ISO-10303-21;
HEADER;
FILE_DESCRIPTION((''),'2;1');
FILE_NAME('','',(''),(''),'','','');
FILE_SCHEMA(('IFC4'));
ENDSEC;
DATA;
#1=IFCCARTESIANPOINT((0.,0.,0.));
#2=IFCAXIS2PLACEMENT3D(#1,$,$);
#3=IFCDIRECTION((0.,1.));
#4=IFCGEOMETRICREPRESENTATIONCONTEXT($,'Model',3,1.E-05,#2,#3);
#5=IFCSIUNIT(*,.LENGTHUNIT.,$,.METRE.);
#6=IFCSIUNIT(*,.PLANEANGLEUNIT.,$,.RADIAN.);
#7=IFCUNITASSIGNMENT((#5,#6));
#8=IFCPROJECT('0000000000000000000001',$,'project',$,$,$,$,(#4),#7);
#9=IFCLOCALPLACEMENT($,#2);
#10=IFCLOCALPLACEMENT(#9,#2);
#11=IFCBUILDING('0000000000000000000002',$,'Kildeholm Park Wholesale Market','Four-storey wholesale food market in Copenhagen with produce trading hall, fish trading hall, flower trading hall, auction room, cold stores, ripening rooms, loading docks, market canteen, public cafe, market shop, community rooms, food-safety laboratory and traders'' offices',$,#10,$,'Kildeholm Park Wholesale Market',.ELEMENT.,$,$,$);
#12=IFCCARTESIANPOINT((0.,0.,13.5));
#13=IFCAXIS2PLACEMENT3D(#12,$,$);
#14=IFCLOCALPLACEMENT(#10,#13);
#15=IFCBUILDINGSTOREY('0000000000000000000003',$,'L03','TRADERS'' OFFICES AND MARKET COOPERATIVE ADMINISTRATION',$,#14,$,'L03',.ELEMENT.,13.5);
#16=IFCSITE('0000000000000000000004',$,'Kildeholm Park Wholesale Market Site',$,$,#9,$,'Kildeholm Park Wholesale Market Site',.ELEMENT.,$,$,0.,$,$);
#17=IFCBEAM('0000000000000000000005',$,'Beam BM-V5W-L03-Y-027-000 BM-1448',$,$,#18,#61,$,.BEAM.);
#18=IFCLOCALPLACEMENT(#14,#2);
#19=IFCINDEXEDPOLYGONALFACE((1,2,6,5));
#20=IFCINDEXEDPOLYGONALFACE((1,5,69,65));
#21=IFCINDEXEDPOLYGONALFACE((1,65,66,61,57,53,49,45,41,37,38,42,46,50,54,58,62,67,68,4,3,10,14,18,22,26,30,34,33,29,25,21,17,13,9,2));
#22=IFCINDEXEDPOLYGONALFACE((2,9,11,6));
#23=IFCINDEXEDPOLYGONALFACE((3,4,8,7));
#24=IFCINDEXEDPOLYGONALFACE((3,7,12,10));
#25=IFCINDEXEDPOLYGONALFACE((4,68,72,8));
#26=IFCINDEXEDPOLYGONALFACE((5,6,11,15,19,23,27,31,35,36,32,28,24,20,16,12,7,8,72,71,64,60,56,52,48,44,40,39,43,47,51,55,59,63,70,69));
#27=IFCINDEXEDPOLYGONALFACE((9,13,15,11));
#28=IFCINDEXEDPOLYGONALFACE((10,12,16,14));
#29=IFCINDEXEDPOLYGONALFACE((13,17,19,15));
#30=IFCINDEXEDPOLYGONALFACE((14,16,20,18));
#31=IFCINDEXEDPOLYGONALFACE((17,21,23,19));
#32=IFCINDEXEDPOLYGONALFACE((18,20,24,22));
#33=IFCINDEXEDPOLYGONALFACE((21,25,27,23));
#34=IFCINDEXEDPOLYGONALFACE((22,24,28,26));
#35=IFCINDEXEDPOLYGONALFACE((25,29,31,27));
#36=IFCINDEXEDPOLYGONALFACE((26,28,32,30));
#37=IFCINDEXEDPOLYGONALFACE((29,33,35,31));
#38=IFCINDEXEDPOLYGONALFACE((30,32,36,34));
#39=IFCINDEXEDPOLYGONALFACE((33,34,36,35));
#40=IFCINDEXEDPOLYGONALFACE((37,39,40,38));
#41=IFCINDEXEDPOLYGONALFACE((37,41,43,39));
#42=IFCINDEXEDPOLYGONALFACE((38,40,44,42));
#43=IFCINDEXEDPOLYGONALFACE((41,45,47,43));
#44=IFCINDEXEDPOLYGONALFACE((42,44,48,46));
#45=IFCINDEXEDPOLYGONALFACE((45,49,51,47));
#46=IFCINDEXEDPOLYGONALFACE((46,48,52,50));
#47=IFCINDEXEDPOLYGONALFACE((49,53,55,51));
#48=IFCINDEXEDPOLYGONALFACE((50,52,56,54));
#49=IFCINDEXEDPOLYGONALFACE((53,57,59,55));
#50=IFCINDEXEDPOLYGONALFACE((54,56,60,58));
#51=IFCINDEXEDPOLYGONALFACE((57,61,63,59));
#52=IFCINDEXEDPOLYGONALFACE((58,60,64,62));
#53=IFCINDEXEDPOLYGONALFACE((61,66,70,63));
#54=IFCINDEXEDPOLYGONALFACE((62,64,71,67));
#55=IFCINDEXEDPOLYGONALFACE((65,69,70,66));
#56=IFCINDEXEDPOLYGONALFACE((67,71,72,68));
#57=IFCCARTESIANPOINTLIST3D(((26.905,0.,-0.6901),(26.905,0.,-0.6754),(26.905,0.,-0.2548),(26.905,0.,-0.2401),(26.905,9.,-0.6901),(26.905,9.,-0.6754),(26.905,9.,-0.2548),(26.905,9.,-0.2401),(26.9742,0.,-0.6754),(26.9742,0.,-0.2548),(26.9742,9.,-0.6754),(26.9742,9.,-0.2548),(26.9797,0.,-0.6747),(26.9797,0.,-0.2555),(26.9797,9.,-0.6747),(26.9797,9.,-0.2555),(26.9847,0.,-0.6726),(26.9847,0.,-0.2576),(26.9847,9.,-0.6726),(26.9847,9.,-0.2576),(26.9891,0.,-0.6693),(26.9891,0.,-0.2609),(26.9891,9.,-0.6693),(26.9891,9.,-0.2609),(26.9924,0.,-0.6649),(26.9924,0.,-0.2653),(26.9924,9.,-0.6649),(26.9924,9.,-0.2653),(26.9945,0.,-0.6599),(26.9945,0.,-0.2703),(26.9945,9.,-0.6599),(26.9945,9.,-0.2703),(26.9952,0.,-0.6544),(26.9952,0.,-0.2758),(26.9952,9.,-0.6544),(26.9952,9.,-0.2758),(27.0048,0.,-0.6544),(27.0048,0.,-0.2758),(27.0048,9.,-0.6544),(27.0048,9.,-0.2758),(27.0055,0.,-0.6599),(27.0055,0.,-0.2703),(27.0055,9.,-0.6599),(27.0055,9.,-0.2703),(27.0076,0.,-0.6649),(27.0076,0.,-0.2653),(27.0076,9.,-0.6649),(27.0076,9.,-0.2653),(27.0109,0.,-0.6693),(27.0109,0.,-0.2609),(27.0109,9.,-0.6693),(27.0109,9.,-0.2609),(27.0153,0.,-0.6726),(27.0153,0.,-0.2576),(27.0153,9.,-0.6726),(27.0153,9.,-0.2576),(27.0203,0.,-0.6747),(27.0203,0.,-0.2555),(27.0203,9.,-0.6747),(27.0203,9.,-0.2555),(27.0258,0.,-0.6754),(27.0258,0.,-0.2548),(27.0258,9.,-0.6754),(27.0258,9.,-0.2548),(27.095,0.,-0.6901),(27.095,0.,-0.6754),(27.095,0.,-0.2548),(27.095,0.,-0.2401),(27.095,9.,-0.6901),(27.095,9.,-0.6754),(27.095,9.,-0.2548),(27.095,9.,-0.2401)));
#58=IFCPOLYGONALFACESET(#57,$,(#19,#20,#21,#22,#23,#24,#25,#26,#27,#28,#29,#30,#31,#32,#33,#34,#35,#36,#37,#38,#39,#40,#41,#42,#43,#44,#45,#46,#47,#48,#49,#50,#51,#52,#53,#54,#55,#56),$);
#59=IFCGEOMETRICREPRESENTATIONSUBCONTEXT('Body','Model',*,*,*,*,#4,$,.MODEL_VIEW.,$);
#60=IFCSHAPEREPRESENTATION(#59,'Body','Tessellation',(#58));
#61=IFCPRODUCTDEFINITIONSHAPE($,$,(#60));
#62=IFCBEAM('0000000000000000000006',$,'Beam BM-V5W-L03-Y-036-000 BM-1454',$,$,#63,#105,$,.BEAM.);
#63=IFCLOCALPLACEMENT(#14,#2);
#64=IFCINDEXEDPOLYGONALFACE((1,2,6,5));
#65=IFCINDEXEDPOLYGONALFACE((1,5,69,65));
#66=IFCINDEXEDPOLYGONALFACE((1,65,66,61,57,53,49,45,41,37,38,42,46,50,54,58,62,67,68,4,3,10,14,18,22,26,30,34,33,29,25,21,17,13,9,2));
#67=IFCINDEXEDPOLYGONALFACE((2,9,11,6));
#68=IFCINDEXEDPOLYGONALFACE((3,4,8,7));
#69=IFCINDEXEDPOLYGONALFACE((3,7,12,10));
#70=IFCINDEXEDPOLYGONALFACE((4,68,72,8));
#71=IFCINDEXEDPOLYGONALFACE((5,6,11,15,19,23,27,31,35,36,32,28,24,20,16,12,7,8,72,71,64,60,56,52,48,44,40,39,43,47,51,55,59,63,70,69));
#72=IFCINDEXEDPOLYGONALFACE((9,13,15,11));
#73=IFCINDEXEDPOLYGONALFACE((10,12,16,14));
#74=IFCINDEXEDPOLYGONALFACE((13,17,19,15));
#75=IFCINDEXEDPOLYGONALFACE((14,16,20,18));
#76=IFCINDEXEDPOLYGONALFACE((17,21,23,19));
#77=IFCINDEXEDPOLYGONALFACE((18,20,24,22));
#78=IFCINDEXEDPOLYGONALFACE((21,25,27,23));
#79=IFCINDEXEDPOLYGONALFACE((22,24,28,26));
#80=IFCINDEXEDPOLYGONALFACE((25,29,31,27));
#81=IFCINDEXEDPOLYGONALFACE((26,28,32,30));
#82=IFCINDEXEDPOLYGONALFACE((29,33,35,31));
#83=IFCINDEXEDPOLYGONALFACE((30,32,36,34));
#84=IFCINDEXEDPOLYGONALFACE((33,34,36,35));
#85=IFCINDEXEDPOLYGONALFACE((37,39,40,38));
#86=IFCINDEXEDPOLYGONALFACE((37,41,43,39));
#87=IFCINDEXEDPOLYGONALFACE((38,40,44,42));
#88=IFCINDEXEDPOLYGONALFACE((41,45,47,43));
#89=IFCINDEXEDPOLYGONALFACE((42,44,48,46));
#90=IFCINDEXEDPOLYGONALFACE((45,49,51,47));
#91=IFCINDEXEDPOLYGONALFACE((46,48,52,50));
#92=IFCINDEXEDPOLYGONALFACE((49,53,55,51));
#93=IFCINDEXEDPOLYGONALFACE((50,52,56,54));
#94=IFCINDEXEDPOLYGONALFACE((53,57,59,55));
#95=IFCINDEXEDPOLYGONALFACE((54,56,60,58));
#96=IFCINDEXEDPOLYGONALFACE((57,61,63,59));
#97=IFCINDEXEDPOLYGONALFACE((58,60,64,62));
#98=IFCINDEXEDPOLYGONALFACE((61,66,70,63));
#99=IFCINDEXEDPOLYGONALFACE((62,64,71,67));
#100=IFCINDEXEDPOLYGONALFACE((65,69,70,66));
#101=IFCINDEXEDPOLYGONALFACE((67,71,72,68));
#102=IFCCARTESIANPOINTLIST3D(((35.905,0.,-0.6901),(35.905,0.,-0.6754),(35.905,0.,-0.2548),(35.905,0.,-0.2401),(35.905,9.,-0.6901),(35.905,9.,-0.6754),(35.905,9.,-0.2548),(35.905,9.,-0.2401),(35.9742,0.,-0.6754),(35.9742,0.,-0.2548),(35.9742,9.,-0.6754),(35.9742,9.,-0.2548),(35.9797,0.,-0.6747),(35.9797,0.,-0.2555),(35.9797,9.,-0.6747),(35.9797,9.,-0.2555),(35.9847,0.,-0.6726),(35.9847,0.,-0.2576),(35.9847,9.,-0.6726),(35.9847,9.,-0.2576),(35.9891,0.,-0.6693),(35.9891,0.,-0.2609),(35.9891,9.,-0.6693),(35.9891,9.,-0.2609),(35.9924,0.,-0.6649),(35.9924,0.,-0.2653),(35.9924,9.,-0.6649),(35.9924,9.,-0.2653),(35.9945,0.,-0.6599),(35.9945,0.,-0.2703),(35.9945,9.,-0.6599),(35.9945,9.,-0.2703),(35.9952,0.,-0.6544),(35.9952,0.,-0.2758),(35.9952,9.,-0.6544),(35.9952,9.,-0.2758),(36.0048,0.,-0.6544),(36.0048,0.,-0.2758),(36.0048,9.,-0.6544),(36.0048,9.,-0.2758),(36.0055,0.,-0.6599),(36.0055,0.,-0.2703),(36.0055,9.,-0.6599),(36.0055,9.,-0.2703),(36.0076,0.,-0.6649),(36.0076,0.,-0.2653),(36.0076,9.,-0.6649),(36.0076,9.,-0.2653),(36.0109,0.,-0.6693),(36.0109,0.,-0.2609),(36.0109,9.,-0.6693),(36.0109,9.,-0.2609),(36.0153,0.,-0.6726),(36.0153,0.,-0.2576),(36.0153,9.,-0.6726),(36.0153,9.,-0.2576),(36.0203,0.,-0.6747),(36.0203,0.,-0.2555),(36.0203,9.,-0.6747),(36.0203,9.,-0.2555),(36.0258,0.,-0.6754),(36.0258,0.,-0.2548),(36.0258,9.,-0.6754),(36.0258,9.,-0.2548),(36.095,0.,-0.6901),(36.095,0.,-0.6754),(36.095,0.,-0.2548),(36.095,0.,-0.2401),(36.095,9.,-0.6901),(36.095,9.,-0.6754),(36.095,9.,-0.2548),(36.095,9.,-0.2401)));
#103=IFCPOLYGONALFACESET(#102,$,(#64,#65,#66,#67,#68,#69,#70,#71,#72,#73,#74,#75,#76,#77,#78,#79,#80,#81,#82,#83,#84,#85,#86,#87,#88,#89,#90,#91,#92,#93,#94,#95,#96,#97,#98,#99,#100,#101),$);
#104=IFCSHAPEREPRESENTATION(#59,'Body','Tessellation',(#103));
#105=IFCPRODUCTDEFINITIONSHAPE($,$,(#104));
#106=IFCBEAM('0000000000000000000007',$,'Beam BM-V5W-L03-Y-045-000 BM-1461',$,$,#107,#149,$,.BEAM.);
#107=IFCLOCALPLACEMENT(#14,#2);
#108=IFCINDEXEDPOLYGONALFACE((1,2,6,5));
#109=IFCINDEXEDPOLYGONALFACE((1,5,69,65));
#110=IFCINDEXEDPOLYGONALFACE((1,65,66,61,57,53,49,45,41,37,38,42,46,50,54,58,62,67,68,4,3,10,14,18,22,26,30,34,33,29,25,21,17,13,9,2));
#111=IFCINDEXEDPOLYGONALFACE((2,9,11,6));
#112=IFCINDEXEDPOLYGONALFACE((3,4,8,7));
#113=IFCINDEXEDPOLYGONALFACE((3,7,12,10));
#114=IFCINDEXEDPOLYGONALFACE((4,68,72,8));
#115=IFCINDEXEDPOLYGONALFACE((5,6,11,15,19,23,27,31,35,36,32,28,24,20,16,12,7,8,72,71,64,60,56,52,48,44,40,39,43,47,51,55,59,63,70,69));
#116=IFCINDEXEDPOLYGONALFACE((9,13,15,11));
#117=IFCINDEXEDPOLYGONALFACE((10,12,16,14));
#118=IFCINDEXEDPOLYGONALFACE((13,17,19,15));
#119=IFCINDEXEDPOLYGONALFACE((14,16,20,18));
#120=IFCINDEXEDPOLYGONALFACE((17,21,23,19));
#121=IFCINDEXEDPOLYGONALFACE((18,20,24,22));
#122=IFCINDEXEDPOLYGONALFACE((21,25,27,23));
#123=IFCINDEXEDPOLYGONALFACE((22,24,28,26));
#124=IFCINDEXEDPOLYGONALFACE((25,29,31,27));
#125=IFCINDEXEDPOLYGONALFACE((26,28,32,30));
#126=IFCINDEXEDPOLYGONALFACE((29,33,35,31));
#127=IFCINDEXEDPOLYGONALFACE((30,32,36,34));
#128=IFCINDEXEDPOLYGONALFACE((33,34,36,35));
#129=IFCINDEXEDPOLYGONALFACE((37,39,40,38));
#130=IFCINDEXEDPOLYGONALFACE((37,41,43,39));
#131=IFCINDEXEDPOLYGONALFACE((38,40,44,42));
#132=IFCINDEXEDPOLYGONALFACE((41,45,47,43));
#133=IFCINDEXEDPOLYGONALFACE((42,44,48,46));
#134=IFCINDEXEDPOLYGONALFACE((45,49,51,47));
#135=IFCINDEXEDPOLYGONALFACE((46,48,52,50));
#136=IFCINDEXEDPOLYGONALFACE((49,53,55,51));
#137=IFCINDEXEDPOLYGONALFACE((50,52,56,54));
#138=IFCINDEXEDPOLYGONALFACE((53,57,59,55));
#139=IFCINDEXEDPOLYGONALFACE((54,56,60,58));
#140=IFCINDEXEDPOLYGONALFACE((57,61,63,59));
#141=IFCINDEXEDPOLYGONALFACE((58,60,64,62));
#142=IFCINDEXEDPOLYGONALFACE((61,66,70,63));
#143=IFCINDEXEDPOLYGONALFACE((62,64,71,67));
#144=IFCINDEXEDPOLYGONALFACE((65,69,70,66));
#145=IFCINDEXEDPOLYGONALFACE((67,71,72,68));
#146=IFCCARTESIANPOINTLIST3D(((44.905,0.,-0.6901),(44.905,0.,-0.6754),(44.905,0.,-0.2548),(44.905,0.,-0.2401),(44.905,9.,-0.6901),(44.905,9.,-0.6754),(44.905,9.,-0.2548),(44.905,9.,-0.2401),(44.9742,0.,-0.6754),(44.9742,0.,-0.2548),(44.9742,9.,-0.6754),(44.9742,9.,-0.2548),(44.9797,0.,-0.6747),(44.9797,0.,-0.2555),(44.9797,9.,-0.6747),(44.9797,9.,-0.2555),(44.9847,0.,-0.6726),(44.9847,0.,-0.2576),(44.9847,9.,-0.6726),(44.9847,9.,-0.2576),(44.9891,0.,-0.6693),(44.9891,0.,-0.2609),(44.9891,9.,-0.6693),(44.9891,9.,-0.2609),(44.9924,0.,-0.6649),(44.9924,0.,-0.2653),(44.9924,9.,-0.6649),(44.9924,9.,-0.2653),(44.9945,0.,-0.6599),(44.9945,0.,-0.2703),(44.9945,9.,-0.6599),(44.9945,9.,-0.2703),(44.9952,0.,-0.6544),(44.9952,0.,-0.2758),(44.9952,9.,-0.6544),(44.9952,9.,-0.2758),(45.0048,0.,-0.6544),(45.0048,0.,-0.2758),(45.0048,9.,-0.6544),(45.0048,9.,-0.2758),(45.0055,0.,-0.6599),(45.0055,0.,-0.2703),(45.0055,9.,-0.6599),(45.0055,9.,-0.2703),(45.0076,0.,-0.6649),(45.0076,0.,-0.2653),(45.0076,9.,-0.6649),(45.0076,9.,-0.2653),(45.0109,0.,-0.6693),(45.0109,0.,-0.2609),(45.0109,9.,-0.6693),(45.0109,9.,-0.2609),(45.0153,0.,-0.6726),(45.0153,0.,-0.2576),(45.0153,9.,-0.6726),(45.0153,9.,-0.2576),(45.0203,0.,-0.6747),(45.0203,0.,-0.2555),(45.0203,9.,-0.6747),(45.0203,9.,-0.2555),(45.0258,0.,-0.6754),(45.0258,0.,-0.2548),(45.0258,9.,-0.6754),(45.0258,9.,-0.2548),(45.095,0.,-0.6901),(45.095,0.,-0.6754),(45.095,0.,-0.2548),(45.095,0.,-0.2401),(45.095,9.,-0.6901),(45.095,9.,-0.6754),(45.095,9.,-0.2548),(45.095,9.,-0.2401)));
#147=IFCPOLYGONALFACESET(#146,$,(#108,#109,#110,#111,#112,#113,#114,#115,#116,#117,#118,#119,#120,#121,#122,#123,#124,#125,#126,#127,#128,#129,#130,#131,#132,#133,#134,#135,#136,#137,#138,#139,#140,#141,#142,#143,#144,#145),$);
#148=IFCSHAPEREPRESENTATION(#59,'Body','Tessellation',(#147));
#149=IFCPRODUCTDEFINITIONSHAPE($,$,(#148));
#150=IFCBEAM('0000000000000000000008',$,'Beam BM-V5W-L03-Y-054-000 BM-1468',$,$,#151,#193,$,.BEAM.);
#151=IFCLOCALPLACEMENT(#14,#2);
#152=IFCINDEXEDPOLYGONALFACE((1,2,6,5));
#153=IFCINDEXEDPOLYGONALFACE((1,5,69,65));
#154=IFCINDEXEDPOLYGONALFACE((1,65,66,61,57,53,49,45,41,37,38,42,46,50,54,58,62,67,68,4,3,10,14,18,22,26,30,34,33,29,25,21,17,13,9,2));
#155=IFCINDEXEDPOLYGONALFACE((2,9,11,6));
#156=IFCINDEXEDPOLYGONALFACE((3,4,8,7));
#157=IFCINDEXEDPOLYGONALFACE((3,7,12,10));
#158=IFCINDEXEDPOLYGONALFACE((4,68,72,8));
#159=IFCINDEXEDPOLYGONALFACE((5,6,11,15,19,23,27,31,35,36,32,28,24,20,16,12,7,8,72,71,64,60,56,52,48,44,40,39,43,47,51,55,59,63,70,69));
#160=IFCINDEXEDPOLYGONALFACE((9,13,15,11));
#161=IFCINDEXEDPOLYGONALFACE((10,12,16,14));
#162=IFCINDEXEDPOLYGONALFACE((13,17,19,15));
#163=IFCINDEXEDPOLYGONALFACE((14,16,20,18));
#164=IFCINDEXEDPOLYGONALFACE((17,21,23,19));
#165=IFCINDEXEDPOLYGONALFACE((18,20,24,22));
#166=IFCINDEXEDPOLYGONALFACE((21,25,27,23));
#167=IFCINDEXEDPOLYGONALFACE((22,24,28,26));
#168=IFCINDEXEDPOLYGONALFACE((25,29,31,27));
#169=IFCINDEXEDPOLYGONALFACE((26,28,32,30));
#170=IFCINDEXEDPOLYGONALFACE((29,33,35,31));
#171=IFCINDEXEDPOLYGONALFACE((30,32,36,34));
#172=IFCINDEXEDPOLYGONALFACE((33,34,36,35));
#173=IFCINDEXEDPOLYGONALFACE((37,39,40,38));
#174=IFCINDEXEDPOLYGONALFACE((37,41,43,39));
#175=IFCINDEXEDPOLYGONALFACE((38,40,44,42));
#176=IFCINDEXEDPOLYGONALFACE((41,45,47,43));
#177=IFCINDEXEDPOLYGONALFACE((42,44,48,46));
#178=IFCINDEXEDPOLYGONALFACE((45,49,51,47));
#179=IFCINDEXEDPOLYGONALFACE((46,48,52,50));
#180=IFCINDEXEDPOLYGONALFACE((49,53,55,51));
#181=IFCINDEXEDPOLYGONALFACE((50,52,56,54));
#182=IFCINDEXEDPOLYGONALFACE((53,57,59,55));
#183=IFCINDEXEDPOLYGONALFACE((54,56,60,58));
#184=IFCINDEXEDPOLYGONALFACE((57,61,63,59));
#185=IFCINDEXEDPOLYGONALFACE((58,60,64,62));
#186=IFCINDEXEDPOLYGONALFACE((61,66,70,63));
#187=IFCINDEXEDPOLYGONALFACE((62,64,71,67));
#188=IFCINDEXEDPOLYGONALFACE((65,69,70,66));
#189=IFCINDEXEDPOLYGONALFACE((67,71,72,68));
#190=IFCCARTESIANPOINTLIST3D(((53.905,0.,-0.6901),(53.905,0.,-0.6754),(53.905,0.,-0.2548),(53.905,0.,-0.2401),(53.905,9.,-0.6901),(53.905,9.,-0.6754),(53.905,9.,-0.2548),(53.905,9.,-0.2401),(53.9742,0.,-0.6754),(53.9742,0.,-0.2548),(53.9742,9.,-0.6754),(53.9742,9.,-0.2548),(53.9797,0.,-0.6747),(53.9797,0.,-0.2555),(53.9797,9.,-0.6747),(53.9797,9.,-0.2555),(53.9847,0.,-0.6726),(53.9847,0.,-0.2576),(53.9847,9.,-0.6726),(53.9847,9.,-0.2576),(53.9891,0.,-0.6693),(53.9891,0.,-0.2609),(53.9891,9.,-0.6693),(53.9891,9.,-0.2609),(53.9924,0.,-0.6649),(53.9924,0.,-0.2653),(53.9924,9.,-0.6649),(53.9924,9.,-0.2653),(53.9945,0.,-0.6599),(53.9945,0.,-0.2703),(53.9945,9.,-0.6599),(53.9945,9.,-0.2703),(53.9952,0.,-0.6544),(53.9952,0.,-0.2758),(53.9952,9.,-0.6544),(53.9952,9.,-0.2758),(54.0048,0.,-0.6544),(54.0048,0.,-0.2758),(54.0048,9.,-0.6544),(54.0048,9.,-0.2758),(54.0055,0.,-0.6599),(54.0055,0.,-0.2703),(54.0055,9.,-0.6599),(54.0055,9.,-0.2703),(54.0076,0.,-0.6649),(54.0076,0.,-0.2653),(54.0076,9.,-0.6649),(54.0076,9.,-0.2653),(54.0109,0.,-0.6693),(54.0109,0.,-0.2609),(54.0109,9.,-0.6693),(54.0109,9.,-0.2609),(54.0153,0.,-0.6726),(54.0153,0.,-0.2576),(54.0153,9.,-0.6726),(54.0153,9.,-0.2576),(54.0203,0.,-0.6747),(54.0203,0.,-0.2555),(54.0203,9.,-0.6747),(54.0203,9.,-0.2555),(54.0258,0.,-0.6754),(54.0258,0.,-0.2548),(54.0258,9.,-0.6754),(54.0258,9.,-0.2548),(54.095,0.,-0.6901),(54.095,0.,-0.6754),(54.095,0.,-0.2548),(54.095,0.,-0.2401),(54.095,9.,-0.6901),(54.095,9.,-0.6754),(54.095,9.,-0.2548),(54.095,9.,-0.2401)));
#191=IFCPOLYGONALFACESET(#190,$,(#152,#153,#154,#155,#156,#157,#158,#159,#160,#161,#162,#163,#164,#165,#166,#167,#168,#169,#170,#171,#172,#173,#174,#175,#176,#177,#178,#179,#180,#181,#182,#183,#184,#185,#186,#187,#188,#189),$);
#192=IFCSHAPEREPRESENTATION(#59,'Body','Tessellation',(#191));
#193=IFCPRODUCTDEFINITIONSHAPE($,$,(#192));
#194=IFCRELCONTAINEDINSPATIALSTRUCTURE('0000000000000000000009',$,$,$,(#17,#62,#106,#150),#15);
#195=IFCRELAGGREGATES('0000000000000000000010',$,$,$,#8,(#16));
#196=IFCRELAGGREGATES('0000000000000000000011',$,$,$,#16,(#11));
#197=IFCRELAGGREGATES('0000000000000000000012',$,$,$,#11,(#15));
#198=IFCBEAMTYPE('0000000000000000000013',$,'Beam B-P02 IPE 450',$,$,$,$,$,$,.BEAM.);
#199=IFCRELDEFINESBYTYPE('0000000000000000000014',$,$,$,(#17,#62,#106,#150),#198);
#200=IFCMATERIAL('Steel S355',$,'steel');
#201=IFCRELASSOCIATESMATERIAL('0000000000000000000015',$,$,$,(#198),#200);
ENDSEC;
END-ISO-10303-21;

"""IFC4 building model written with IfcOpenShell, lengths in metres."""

from ifc_helpers import new_model, si_unit, direction, frame, origin, origin_2d, place, context, subcontext, project, spatial, i_section, extrude, material, material_profile, profile_set, type_object, element, save


model = new_model("IFC4")

# Units and contexts
model_context = context("Model", 3, precision=1e-05, world=origin(), true_north=direction((0.0, 1.0)))
body_context = subcontext(model_context, "Body", "Model", "MODEL_VIEW")
ifc_project = project(units=[si_unit("LENGTHUNIT", "METRE"), si_unit("PLANEANGLEUNIT", "RADIAN")], contexts=[model_context])

# Site, building, storey
site_placement = place(None, origin())
site = spatial("IfcSite", under=ifc_project, at=site_placement, Name="Kildeholm Park Wholesale Market Site", LongName="Kildeholm Park Wholesale Market Site", CompositionType="ELEMENT", RefElevation=0.0)
building_placement = place(site_placement, origin())
building = spatial("IfcBuilding", under=site, at=building_placement, Name="Kildeholm Park Wholesale Market", Description="Four-storey wholesale food market in Copenhagen with produce trading hall, fish trading hall, flower trading hall, auction room, cold stores, ripening rooms, loading docks, market canteen, public cafe, market shop, community rooms, food-safety laboratory and traders' offices", LongName="Kildeholm Park Wholesale Market", CompositionType="ELEMENT")
storey_placement = place(building_placement, frame((0.0, 0.0, 13.5)))
storey = spatial("IfcBuildingStorey", under=building, at=storey_placement, Name="L03", Description="TRADERS' OFFICES AND MARKET COOPERATIVE ADMINISTRATION", LongName="L03", CompositionType="ELEMENT", Elevation=13.5)

# Shared definitions
ifc_material_1 = material(Name="Steel S355", Category="steel")

# Beams
ifc_material_profile_1 = material_profile(ifc_material_1, i_section(OverallWidth=0.1899, OverallDepth=0.45, WebThickness=0.0095, FlangeThickness=0.0146, FilletRadius=0.021, at=origin_2d()), Name="IPE 450")
ifc_profile_set_1 = profile_set([ifc_material_profile_1], Name="Steel S355")
beam_type_1 = type_object("IfcBeamType", Name="Beam B-P02 IPE 450", PredefinedType="BEAM", material=ifc_profile_set_1)
for number, where, z_axis, x_axis, name in (
    (1, (27.0, 0.0, -0.4651), (0.0, 1.0, 0.0), (-1.0, 0.0, 0.0), "Beam BM-V5W-L03-Y-027-000 BM-1448"),
    (2, (36.0, 0.0, -0.4651), (0.0, 1.0, 0.0), (-1.0, 0.0, 0.0), "Beam BM-V5W-L03-Y-036-000 BM-1454"),
    (3, (45.0, 0.0, -0.4651), (0.0, 1.0, 0.0), (-1.0, 0.0, 0.0), "Beam BM-V5W-L03-Y-045-000 BM-1461"),
    (4, (54.0, 0.0, -0.4651), (0.0, 1.0, 0.0), (-1.0, 0.0, 0.0), "Beam BM-V5W-L03-Y-054-000 BM-1468"),
):
    element("IfcBeam", number, at=place(storey_placement, frame(where, z_axis=z_axis, x_axis=x_axis)), inside=storey, type_object=beam_type_1, Name=name, PredefinedType="BEAM", context=body_context, shape_type="SweptSolid", body=[
        extrude(i_section(OverallWidth=0.1899, OverallDepth=0.45, WebThickness=0.0095, FlangeThickness=0.0146, FilletRadius=0.021, at=origin_2d()), origin(), (0.0, 0.0, 1.0), 9.0),
    ])

save(model, "model.ifc")
